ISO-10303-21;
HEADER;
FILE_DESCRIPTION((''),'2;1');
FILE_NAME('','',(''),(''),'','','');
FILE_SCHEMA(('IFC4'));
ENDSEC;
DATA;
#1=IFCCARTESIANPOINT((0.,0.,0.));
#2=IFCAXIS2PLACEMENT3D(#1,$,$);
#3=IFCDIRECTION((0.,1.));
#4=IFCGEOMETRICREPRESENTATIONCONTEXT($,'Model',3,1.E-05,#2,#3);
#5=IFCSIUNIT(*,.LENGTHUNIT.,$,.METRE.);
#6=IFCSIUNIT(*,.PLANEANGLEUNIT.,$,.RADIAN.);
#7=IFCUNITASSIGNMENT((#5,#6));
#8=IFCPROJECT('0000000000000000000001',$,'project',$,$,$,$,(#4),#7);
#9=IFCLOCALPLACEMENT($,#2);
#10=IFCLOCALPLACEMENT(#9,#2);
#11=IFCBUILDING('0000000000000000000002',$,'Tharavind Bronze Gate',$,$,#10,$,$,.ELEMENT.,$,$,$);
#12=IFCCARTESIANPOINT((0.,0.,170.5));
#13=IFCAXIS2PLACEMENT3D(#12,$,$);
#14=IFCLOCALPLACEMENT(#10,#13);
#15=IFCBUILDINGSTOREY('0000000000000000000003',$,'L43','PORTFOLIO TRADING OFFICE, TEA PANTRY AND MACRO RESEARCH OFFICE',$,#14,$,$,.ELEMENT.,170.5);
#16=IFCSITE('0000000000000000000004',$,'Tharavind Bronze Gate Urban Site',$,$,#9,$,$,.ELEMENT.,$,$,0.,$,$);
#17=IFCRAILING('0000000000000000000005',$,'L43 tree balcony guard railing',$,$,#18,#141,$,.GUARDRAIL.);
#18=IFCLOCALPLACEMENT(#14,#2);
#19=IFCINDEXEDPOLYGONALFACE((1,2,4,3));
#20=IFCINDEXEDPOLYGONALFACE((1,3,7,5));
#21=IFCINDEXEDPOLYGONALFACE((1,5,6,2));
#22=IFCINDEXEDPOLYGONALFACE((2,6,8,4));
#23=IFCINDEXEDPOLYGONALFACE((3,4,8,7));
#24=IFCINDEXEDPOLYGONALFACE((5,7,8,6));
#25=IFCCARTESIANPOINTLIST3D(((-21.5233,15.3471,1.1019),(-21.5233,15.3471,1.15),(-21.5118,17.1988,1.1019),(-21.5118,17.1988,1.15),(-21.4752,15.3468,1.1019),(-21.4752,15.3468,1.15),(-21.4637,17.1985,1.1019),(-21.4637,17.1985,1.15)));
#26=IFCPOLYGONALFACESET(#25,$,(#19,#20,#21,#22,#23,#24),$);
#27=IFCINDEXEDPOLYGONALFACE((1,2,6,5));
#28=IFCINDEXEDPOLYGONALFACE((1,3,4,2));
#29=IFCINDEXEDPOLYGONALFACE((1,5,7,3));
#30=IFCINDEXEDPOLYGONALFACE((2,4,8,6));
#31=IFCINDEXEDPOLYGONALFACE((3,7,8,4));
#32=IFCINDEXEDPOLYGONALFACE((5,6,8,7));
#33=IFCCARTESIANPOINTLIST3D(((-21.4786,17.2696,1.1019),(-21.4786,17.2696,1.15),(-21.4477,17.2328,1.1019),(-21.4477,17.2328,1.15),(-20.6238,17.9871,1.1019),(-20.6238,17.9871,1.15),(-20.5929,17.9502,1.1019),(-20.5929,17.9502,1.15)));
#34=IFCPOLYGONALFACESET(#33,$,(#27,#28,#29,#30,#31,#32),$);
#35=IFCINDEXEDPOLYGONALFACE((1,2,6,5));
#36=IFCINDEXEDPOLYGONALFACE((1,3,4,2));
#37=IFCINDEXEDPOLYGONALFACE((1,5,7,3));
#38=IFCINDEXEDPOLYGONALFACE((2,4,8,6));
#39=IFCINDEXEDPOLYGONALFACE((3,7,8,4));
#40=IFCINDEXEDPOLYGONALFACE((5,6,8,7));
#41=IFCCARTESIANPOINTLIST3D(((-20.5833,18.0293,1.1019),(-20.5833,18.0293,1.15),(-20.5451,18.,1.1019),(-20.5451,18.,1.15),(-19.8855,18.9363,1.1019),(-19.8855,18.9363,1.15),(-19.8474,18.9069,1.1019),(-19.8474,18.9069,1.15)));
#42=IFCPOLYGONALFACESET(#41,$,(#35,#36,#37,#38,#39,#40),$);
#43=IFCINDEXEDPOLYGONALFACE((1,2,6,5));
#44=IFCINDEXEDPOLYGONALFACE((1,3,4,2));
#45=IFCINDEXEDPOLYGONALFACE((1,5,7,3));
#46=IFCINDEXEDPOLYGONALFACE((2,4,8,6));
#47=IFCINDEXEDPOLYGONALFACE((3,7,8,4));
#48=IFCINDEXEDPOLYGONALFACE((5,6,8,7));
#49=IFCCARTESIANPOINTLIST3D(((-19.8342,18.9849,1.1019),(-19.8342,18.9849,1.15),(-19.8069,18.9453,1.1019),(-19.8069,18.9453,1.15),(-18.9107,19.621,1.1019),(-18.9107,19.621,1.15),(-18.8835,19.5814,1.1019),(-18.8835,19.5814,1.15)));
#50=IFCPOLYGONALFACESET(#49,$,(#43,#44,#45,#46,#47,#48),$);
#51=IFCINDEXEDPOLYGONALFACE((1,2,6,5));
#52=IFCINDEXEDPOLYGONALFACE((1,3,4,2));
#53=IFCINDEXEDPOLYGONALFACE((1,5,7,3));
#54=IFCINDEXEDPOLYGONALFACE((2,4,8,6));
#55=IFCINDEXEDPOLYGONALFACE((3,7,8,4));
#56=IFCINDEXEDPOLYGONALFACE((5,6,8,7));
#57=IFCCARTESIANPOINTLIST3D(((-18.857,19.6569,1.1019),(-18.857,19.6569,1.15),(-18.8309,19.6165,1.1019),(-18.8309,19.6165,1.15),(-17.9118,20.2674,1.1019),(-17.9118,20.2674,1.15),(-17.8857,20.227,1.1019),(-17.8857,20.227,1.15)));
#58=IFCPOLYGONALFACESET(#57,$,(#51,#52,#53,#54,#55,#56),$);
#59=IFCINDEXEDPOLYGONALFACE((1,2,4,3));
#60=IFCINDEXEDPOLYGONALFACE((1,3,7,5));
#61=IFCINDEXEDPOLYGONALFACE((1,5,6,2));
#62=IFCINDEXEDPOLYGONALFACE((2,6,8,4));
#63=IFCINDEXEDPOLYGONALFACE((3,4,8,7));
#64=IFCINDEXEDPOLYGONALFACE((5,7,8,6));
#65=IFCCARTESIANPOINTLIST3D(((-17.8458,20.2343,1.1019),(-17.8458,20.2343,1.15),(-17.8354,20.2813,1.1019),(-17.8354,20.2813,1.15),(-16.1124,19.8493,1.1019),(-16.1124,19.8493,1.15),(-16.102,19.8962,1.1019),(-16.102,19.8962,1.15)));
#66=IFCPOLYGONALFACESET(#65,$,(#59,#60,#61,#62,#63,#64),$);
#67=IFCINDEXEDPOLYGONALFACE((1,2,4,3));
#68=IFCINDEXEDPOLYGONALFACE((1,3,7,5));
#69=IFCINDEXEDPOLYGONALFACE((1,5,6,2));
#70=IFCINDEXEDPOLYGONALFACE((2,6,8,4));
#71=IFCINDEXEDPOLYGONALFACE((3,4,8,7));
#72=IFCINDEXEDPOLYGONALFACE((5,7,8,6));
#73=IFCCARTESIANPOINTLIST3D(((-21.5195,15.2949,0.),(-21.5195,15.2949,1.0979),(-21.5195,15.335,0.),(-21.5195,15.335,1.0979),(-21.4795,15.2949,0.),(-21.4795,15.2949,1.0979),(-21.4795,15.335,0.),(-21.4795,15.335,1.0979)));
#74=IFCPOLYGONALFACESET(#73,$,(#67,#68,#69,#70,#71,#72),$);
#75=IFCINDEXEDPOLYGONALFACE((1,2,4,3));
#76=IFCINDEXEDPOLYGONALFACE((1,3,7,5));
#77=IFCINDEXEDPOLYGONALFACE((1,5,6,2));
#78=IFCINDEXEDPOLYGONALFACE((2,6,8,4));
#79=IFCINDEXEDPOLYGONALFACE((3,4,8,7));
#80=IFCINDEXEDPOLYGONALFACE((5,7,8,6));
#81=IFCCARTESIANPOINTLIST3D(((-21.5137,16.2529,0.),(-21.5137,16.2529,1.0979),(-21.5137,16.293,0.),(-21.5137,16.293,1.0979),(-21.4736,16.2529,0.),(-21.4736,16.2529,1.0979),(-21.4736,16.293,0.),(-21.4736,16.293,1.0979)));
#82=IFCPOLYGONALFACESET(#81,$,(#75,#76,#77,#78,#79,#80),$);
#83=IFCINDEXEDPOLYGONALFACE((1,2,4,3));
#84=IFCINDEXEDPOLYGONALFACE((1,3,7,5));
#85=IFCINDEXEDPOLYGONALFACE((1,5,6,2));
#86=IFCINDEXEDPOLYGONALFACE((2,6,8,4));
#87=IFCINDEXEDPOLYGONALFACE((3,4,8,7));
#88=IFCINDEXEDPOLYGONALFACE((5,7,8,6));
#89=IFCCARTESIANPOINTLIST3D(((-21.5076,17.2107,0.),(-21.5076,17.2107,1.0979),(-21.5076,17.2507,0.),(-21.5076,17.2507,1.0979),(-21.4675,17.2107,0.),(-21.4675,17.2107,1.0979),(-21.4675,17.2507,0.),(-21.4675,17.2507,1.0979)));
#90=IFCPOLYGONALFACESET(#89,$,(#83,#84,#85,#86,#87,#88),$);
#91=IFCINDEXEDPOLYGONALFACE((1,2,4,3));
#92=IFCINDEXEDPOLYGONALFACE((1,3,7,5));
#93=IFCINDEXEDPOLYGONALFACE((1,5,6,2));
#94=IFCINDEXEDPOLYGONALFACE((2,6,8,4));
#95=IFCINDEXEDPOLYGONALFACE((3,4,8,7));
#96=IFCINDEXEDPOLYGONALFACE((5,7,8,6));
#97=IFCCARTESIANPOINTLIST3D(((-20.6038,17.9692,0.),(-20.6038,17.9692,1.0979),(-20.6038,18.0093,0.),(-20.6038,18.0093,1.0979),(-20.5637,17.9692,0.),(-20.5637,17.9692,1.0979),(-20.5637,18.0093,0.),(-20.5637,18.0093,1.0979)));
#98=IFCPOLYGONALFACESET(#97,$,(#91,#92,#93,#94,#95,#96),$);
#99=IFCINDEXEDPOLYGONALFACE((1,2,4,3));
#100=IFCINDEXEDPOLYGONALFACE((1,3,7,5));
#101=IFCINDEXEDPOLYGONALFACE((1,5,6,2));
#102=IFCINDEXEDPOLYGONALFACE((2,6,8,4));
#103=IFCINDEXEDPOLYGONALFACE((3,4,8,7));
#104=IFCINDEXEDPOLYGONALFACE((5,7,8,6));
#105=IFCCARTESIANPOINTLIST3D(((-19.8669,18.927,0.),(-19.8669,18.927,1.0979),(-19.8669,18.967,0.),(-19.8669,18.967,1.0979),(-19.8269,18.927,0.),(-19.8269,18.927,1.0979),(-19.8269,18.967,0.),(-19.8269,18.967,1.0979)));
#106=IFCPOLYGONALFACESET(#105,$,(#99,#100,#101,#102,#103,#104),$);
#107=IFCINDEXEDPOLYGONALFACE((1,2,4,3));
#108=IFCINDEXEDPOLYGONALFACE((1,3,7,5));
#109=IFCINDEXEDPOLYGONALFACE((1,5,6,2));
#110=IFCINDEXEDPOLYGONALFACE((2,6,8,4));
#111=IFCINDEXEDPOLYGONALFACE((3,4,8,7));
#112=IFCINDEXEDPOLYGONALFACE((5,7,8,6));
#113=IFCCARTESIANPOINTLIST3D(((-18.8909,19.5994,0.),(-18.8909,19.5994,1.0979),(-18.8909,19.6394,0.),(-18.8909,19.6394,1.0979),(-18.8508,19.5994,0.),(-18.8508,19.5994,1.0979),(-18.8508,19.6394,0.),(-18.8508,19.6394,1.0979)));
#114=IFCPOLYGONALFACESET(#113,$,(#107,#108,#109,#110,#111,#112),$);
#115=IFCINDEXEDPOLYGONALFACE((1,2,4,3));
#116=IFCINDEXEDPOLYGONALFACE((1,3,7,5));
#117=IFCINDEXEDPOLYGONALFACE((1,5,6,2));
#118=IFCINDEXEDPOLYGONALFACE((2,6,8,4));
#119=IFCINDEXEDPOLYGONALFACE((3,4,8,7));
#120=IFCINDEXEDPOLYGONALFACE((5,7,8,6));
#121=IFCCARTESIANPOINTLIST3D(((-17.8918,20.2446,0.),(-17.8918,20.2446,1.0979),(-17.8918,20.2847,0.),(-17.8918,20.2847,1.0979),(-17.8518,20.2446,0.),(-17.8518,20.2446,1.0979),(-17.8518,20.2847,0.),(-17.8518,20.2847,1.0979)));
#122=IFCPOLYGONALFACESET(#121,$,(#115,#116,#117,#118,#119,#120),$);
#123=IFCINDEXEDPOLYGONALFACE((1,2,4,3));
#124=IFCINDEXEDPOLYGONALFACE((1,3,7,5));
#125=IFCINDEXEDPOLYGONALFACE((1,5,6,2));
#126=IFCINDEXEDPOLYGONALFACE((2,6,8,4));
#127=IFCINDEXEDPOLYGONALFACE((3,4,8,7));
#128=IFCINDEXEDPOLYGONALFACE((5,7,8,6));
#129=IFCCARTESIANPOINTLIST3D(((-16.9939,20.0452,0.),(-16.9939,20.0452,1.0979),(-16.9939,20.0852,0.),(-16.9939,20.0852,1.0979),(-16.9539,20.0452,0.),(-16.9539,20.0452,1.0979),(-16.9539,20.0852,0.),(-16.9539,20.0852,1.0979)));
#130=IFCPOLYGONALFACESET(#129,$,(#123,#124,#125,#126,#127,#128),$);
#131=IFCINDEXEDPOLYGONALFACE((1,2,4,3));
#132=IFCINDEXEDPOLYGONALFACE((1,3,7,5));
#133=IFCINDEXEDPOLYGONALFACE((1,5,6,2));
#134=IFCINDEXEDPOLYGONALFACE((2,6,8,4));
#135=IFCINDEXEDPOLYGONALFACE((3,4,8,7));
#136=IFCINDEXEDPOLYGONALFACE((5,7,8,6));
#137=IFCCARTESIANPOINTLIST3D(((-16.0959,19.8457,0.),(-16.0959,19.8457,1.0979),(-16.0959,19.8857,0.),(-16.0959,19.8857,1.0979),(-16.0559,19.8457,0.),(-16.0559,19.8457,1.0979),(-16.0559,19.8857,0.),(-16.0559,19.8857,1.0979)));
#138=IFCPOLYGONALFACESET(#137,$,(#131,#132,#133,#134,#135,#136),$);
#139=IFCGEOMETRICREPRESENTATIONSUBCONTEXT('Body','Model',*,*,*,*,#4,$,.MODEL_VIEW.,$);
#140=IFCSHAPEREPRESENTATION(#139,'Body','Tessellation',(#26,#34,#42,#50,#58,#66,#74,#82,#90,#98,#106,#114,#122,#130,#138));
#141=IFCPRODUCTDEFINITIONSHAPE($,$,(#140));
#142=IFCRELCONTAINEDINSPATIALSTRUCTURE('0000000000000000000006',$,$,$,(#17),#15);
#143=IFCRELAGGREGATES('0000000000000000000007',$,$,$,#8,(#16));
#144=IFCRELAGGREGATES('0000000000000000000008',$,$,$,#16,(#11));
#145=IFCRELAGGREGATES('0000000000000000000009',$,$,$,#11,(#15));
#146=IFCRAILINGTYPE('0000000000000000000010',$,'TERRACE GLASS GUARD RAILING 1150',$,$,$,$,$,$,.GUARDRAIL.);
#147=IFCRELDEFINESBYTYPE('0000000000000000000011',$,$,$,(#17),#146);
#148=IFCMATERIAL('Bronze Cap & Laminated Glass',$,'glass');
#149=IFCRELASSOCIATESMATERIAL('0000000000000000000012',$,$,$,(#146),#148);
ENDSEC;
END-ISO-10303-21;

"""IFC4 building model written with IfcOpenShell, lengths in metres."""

from ifc_helpers import new_model, si_unit, direction, frame, origin, origin_2d, place, context, subcontext, project, spatial, rectangle, extrude, material, type_object, element, save


model = new_model("IFC4")

# Units and contexts
model_context = context("Model", 3, precision=1e-05, world=origin(), true_north=direction((0.0, 1.0)))
body_context = subcontext(model_context, "Body", "Model", "MODEL_VIEW")
ifc_project = project(units=[si_unit("LENGTHUNIT", "METRE"), si_unit("PLANEANGLEUNIT", "RADIAN")], contexts=[model_context])

# Site, building, storey
site_placement = place(None, origin())
site = spatial("IfcSite", under=ifc_project, at=site_placement, Name="Tharavind Bronze Gate Urban Site", CompositionType="ELEMENT", RefElevation=0.0)
building_placement = place(site_placement, origin())
building = spatial("IfcBuilding", under=site, at=building_placement, Name="Tharavind Bronze Gate", CompositionType="ELEMENT")
storey_placement = place(building_placement, frame((0.0, 0.0, 170.5)))
storey = spatial("IfcBuildingStorey", under=building, at=storey_placement, Name="L43", Description="PORTFOLIO TRADING OFFICE, TEA PANTRY AND MACRO RESEARCH OFFICE", CompositionType="ELEMENT", Elevation=170.5)

# Railing
ifc_material_1 = material(Name="Bronze Cap & Laminated Glass", Category="glass")
railing_type = type_object("IfcRailingType", Name="TERRACE GLASS GUARD RAILING 1150", PredefinedType="GUARDRAIL", material=ifc_material_1)
railing_placement = place(storey_placement, frame((-21.4995, 15.3149, 0.0)))
element("IfcRailing", 1, at=railing_placement, inside=storey, type_object=railing_type, Name="L43 tree balcony guard railing", PredefinedType="GUARDRAIL", context=body_context, shape_type="SweptSolid", body=[
    extrude(rectangle(XDim=0.0481, YDim=0.0481, at=origin_2d()), frame((0.0002, 0.032, 1.126), z_axis=(0.006244, 0.999981, 0.0), x_axis=(-0.999981, 0.006244, 0.0)), (0.0, 0.0, 1.0), 1.8518),
    extrude(rectangle(XDim=0.0481, YDim=0.0481, at=origin_2d()), frame((0.0364, 1.9363, 1.126), z_axis=(0.765978, 0.642867, 0.0), x_axis=(-0.642867, 0.765978, 0.0)), (0.0, 0.0, 1.0), 1.116),
    extrude(rectangle(XDim=0.0481, YDim=0.0481, at=origin_2d()), frame((0.9353, 2.6997, 1.126), z_axis=(0.60975, 0.792594, 0.0), x_axis=(-0.792594, 0.60975, 0.0)), (0.0, 0.0, 1.0), 1.1443),
    extrude(rectangle(XDim=0.0481, YDim=0.0481, at=origin_2d()), frame((1.679, 3.6501, 1.126), z_axis=(0.823525, 0.56728, 0.0), x_axis=(-0.56728, 0.823525, 0.0)), (0.0, 0.0, 1.0), 1.1213),
    extrude(rectangle(XDim=0.0481, YDim=0.0481, at=origin_2d()), frame((2.6555, 4.3218, 1.126), z_axis=(0.840016, 0.542562, 0.0), x_axis=(-0.542562, 0.840016, 0.0)), (0.0, 0.0, 1.0), 1.1252),
    extrude(rectangle(XDim=0.0481, YDim=0.0481, at=origin_2d()), frame((3.6589, 4.9429, 1.126), z_axis=(0.976206, -0.216846, 0.0), x_axis=(0.216846, 0.976206, 0.0)), (0.0, 0.0, 1.0), 1.7756),
    extrude(rectangle(XDim=0.04, YDim=0.04, at=origin_2d()), origin(), (0.0, 0.0, 1.0), 1.0979),
    extrude(rectangle(XDim=0.04, YDim=0.04, at=origin_2d()), frame((0.0059, 0.958, 0.0)), (0.0, 0.0, 1.0), 1.0979),
    extrude(rectangle(XDim=0.04, YDim=0.04, at=origin_2d()), frame((0.012, 1.9158, 0.0)), (0.0, 0.0, 1.0), 1.0979),
    extrude(rectangle(XDim=0.04, YDim=0.04, at=origin_2d()), frame((0.9158, 2.6743, 0.0)), (0.0, 0.0, 1.0), 1.0979),
    extrude(rectangle(XDim=0.04, YDim=0.04, at=origin_2d()), frame((1.6526, 3.6321, 0.0)), (0.0, 0.0, 1.0), 1.0979),
    extrude(rectangle(XDim=0.04, YDim=0.04, at=origin_2d()), frame((2.6287, 4.3044, 0.0)), (0.0, 0.0, 1.0), 1.0979),
    extrude(rectangle(XDim=0.04, YDim=0.04, at=origin_2d()), frame((3.6277, 4.9497, 0.0)), (0.0, 0.0, 1.0), 1.0979),
    extrude(rectangle(XDim=0.04, YDim=0.04, at=origin_2d()), frame((4.5256, 4.7502, 0.0)), (0.0, 0.0, 1.0), 1.0979),
    extrude(rectangle(XDim=0.04, YDim=0.04, at=origin_2d()), frame((5.4236, 4.5508, 0.0)), (0.0, 0.0, 1.0), 1.0979),
])

save(model, "model.ifc")
